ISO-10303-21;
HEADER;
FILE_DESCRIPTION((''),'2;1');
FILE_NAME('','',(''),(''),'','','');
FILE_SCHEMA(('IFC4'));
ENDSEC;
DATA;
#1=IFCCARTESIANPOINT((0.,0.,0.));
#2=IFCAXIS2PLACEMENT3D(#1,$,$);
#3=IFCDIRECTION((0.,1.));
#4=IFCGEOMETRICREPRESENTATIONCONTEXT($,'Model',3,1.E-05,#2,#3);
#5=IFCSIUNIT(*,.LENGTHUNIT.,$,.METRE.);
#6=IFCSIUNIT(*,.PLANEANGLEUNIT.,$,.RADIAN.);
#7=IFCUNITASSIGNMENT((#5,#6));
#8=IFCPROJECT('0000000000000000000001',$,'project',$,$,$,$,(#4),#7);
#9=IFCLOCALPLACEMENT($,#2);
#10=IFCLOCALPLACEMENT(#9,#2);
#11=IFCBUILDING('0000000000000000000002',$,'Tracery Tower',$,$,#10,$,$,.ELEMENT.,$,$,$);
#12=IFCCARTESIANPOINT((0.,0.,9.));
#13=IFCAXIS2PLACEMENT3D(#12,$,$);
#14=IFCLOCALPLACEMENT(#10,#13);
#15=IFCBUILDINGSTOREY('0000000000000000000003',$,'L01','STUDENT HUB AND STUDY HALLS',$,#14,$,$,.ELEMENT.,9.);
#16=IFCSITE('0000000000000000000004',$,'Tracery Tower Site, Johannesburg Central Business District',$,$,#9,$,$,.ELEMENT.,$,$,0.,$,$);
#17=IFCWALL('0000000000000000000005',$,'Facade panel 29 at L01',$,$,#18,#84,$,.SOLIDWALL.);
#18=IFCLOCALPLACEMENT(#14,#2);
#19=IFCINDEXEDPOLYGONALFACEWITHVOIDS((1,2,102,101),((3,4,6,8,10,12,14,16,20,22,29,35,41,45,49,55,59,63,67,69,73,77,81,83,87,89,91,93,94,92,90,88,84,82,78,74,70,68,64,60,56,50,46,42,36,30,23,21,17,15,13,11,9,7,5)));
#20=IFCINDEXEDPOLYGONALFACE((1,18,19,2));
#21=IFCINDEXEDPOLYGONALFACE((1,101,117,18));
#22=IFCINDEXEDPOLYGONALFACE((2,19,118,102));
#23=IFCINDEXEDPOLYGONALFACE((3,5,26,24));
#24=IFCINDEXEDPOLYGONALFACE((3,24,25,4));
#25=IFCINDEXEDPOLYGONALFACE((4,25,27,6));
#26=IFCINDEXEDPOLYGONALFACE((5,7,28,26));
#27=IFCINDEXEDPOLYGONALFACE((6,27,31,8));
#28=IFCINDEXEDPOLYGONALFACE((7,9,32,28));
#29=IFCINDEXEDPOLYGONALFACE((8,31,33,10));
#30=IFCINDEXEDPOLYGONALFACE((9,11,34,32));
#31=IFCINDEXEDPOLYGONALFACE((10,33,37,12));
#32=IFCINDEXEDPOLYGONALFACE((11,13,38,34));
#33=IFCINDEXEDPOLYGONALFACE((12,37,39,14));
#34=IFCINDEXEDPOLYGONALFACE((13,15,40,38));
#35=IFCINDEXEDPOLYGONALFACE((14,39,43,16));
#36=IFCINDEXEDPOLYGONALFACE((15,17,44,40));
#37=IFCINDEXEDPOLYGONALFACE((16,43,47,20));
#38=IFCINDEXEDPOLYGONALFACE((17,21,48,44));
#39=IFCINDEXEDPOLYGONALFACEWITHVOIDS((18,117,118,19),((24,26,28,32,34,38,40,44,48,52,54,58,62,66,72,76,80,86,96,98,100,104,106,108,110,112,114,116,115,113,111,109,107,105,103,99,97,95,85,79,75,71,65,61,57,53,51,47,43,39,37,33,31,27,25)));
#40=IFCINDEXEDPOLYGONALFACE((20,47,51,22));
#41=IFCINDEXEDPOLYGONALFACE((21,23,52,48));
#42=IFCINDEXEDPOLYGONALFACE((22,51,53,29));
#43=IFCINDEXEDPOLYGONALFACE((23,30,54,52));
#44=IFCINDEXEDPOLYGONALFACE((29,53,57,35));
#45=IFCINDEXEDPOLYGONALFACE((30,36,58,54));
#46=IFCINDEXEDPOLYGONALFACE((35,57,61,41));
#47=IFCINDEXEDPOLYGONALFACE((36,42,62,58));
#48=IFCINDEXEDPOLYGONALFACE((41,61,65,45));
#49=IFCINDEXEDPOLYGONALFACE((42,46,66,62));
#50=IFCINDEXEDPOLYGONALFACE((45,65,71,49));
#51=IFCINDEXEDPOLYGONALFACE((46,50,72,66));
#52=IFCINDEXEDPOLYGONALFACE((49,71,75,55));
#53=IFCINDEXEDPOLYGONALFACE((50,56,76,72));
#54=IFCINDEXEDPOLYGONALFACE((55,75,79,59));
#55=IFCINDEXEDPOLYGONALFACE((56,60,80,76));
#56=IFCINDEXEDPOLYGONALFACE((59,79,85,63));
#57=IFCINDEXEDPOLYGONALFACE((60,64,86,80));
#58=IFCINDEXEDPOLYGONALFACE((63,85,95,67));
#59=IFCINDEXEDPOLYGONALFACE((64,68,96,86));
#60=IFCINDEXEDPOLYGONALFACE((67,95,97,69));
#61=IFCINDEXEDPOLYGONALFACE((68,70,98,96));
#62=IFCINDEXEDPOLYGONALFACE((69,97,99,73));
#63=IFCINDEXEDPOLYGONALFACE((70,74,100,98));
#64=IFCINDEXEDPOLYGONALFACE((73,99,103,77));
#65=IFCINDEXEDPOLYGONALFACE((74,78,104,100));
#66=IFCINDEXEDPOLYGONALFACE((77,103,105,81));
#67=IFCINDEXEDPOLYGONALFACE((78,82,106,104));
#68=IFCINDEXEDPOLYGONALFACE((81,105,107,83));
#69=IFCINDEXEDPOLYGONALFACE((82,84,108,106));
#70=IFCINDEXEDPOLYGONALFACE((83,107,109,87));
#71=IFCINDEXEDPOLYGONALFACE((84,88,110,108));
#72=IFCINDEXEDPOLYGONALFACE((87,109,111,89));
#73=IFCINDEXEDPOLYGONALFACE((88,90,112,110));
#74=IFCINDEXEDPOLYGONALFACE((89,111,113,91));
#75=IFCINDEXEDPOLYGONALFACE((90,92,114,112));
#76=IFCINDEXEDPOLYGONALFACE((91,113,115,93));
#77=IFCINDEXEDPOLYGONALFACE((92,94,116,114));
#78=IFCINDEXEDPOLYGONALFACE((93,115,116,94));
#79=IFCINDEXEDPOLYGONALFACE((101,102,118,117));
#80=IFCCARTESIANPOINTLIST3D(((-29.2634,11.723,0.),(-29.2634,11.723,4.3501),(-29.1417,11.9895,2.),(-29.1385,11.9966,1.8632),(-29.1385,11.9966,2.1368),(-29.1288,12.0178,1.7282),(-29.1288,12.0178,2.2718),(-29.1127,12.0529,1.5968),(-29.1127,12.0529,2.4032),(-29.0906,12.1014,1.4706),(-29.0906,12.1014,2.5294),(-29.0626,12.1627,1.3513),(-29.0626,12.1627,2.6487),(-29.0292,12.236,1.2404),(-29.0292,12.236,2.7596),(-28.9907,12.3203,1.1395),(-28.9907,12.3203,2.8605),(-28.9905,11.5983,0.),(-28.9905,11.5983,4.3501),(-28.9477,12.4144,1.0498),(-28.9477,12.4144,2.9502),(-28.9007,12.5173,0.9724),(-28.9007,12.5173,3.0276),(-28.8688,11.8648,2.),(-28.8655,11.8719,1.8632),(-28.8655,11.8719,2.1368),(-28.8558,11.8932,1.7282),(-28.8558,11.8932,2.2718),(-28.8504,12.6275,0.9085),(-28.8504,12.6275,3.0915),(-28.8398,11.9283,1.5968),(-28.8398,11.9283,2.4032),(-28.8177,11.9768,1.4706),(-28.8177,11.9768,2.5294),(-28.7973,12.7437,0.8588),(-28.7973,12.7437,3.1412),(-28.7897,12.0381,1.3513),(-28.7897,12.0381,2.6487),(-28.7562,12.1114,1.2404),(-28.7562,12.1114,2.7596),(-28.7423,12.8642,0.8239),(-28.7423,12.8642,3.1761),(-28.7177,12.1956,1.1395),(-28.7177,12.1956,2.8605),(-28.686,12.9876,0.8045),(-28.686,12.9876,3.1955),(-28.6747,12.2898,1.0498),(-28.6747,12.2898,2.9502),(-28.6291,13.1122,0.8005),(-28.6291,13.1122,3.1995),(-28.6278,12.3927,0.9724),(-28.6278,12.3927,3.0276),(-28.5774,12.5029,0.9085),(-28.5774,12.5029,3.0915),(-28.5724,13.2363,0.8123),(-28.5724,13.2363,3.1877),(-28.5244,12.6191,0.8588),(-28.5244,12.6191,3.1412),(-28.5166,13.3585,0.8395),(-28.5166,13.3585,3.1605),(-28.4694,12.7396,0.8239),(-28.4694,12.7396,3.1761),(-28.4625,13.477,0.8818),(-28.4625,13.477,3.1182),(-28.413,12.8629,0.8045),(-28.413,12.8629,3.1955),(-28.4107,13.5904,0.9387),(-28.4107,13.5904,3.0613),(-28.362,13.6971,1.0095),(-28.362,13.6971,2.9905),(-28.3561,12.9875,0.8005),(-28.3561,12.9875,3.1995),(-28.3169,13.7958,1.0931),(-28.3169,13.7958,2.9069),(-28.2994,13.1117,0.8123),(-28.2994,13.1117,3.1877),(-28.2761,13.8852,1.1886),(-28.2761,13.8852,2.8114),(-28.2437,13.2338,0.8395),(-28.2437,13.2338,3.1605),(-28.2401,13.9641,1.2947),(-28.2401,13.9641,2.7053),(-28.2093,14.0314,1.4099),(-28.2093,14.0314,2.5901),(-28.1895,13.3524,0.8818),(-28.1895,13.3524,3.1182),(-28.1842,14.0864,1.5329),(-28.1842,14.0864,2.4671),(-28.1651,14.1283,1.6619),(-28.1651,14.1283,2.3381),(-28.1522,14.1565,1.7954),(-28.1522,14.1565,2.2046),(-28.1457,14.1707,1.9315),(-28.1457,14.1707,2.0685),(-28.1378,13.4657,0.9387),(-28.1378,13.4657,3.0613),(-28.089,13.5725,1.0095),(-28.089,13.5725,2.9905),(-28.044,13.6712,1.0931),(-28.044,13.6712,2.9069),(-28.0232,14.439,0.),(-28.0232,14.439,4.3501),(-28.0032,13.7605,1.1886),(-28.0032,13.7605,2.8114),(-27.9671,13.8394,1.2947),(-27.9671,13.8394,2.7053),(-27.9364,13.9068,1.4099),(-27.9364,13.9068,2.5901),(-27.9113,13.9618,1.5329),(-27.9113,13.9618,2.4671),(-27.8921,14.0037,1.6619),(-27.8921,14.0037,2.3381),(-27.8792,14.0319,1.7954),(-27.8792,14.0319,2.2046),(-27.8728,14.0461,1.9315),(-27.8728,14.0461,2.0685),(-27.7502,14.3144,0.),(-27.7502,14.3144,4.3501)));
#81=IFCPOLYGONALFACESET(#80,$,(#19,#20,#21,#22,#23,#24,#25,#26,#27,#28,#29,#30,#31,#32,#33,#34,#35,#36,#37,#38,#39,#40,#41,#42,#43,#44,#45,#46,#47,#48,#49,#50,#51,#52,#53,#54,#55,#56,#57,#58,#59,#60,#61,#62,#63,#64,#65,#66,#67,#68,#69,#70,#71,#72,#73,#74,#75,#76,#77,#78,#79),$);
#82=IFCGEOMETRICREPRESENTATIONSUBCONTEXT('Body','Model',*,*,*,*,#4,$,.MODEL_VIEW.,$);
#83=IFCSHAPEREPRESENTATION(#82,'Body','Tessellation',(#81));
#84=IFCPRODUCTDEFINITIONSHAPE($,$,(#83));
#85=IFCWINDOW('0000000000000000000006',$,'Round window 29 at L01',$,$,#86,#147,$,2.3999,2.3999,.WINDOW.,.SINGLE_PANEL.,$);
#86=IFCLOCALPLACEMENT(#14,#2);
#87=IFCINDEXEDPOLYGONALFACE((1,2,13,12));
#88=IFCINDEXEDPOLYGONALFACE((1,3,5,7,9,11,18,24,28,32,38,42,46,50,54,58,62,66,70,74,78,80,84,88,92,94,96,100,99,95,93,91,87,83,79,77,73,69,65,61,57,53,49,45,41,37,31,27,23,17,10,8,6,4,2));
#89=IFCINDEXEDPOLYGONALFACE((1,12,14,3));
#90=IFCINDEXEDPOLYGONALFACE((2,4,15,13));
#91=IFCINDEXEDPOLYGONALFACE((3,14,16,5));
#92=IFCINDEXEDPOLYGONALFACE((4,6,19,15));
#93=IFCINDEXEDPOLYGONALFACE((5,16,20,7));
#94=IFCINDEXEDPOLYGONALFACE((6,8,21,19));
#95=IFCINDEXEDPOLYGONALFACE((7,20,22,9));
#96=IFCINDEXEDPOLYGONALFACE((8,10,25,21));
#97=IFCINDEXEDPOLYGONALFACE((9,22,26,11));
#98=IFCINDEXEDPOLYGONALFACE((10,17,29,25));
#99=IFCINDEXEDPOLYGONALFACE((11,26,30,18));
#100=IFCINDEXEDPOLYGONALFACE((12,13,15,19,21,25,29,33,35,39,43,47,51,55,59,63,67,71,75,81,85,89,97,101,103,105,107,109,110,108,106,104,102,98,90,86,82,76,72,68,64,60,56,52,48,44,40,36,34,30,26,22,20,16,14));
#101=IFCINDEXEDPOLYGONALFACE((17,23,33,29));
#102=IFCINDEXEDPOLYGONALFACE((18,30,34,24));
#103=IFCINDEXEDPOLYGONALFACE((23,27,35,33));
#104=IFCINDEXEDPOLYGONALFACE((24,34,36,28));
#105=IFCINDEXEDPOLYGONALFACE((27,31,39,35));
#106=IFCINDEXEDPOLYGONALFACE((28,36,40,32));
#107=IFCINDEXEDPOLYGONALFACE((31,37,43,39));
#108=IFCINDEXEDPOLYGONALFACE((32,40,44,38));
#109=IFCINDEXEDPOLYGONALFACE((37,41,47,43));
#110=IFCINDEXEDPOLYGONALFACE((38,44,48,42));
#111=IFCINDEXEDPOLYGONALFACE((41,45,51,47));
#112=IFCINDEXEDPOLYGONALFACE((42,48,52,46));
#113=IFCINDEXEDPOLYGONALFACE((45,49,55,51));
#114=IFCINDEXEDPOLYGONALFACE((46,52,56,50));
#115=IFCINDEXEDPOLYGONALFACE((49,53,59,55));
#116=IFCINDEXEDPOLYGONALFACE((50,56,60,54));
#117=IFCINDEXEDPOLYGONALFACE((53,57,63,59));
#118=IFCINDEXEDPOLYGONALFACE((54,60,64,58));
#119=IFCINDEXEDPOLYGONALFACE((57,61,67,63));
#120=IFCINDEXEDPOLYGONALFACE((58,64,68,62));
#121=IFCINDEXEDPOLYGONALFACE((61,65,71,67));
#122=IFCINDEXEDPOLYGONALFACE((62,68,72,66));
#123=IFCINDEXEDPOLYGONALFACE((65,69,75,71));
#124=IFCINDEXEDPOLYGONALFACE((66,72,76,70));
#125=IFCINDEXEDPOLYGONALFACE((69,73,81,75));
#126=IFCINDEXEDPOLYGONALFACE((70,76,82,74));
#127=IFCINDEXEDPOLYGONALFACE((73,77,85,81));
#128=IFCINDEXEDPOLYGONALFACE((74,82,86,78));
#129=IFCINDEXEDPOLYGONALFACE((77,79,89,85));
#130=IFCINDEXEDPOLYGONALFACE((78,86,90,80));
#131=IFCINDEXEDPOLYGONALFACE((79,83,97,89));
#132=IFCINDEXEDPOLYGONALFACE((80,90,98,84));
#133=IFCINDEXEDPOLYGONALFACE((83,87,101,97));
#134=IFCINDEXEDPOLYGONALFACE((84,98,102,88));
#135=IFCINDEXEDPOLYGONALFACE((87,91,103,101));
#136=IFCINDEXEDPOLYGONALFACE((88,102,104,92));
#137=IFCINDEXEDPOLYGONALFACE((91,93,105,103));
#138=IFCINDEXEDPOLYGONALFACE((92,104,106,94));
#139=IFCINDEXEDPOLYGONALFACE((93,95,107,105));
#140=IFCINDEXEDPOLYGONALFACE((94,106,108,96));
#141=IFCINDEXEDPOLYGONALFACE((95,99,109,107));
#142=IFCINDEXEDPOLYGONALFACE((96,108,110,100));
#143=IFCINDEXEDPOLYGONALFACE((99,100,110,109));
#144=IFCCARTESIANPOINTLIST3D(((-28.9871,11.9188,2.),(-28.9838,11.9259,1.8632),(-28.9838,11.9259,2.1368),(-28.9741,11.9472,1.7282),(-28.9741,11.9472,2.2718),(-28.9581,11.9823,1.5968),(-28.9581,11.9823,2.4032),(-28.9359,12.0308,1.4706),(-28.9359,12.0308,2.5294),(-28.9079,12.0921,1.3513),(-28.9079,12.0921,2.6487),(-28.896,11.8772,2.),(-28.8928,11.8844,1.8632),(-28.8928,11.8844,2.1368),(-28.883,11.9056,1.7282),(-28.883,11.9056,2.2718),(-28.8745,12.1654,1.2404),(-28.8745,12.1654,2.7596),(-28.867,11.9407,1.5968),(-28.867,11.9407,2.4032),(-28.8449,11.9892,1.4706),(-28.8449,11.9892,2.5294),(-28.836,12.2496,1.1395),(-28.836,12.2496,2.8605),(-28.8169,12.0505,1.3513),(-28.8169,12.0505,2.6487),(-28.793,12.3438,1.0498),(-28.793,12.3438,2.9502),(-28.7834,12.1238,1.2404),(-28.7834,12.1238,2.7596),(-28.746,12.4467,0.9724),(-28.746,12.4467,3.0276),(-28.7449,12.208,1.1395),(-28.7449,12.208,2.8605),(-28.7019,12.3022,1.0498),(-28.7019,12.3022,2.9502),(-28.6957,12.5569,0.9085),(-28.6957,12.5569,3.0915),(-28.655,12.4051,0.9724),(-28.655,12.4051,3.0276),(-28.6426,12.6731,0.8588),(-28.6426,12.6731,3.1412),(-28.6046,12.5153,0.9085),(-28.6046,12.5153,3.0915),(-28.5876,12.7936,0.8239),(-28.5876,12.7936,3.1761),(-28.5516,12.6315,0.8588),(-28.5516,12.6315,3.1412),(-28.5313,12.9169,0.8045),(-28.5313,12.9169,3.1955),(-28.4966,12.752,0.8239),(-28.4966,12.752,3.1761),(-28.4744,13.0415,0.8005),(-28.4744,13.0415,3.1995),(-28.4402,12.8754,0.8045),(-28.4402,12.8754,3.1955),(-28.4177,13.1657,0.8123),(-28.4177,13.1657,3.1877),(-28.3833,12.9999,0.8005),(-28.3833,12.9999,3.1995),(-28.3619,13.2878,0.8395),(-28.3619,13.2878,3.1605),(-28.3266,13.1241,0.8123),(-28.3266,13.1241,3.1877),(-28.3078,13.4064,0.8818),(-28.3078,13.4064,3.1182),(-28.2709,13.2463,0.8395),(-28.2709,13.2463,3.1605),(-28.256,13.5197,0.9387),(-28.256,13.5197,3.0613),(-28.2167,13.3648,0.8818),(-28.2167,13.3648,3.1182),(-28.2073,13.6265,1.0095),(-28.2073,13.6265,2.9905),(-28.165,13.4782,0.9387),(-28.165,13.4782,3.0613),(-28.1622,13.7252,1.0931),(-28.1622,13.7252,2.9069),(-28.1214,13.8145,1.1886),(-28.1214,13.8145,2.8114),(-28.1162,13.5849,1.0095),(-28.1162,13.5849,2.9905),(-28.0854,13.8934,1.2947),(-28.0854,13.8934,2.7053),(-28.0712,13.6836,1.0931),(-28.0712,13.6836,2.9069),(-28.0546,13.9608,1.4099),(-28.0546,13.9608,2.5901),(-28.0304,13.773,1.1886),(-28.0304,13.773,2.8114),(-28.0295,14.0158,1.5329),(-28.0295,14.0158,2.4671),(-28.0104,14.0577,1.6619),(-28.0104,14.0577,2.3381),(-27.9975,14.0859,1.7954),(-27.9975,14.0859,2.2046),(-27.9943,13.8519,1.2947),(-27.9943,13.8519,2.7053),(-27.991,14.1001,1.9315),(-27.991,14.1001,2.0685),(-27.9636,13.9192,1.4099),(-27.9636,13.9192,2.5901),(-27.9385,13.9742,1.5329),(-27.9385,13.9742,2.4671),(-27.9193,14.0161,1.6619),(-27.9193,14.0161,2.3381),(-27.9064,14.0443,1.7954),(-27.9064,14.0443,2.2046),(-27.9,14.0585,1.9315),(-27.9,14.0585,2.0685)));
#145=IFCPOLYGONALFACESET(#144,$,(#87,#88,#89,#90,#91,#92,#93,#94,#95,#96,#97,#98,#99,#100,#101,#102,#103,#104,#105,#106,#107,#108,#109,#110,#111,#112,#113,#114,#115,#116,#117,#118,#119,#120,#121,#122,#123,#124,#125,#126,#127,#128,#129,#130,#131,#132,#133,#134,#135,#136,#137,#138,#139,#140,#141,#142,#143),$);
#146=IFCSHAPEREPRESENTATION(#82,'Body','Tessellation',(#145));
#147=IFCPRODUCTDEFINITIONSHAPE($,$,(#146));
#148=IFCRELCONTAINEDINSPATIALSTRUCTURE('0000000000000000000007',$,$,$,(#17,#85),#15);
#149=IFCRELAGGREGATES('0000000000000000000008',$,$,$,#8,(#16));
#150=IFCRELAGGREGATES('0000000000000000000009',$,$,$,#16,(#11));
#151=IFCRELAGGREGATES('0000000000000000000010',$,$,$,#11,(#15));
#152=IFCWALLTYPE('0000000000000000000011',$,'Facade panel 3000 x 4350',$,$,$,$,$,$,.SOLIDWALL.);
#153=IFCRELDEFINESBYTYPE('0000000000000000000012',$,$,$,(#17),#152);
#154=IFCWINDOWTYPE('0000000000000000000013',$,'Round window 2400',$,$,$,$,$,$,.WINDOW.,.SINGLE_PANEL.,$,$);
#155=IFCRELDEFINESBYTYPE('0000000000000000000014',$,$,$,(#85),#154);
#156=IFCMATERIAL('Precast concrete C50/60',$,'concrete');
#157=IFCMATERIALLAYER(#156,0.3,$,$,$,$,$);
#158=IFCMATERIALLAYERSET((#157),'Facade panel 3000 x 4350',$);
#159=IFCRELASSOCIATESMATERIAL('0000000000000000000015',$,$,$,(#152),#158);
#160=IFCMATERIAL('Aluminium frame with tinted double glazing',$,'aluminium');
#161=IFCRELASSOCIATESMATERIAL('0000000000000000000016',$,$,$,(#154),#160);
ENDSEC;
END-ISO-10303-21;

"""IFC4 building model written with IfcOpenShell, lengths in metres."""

from ifc_helpers import new_model, si_unit, direction, frame, frame_2d, origin, origin_2d, place, context, subcontext, project, spatial, rectangle, circle, extrude, material, layer, layer_set, type_object, element, fill, save


model = new_model("IFC4")

# Units and contexts
model_context = context("Model", 3, precision=1e-05, world=origin(), true_north=direction((0.0, 1.0)))
body_context = subcontext(model_context, "Body", "Model", "MODEL_VIEW")
ifc_project = project(units=[si_unit("LENGTHUNIT", "METRE"), si_unit("PLANEANGLEUNIT", "RADIAN")], contexts=[model_context])

# Site, building, storey
site_placement = place(None, origin())
site = spatial("IfcSite", under=ifc_project, at=site_placement, Name="Tracery Tower Site, Johannesburg Central Business District", CompositionType="ELEMENT", RefElevation=0.0)
building_placement = place(site_placement, origin())
building = spatial("IfcBuilding", under=site, at=building_placement, Name="Tracery Tower", CompositionType="ELEMENT")
storey_placement = place(building_placement, frame((0.0, 0.0, 9.0)))
storey = spatial("IfcBuildingStorey", under=building, at=storey_placement, Name="L01", Description="STUDENT HUB AND STUDY HALLS", CompositionType="ELEMENT", Elevation=9.0)

# Wall, opening, window
ifc_material_1 = material(Name="Precast concrete C50/60", Category="concrete")
ifc_layer_1 = layer(ifc_material_1, 0.3)
ifc_layer_set_1 = layer_set([ifc_layer_1], Name="Facade panel 3000 x 4350")
wall_type_1 = type_object("IfcWallType", Name="Facade panel 3000 x 4350", PredefinedType="SOLIDWALL", material=ifc_layer_set_1)
wall_1_placement = place(storey_placement, frame((-27.8867, 14.3767, 0.0), z_axis=(0.0, 0.0, 1.0), x_axis=(-0.415373, -0.909651, 0.0)))
wall_1 = element("IfcWall", 1, at=wall_1_placement, inside=storey, type_object=wall_type_1, Name="Facade panel 29 at L01", PredefinedType="SOLIDWALL", context=body_context, shape_type="SweptSolid", body=[
    extrude(rectangle(XDim=2.9858, YDim=0.3, at=frame_2d((1.4929, 0.0))), origin(), (0.0, 0.0, 1.0), 4.3501),
])
opening_1_placement = place(wall_1_placement, frame((1.4929, 0.0, 2.0)))
opening_1 = element("IfcOpeningElement", 2, at=opening_1_placement, cuts=wall_1, PredefinedType="OPENING", context=body_context, shape_type="SweptSolid", body=[
    extrude(circle(Radius=1.2, at=origin_2d()), frame((0.0, 0.1599, 0.0), z_axis=(0.0, -1.0, 0.0), x_axis=(1.0, 0.0, 0.0)), (0.0, 0.0, 1.0), 0.3201),
])
ifc_material_2 = material(Name="Aluminium frame with tinted double glazing", Category="aluminium")
window_type = type_object("IfcWindowType", Name="Round window 2400", PartitioningType="SINGLE_PANEL", PredefinedType="WINDOW", material=ifc_material_2)
window_1_placement = place(opening_1_placement, origin())
window_1 = element("IfcWindow", 3, at=window_1_placement, inside=storey, type_object=window_type, Name="Round window 29 at L01", OverallHeight=2.3999, OverallWidth=2.3999, PartitioningType="SINGLE_PANEL", PredefinedType="WINDOW", context=body_context, shape_type="SweptSolid", body=[
    extrude(circle(Radius=1.2, at=origin_2d()), frame((0.0, 0.1201, 0.0), z_axis=(0.0, -1.0, 0.0), x_axis=(1.0, 0.0, 0.0)), (0.0, 0.0, 1.0), 0.1001),
])
fill(opening_1, window_1)

save(model, "model.ifc")
